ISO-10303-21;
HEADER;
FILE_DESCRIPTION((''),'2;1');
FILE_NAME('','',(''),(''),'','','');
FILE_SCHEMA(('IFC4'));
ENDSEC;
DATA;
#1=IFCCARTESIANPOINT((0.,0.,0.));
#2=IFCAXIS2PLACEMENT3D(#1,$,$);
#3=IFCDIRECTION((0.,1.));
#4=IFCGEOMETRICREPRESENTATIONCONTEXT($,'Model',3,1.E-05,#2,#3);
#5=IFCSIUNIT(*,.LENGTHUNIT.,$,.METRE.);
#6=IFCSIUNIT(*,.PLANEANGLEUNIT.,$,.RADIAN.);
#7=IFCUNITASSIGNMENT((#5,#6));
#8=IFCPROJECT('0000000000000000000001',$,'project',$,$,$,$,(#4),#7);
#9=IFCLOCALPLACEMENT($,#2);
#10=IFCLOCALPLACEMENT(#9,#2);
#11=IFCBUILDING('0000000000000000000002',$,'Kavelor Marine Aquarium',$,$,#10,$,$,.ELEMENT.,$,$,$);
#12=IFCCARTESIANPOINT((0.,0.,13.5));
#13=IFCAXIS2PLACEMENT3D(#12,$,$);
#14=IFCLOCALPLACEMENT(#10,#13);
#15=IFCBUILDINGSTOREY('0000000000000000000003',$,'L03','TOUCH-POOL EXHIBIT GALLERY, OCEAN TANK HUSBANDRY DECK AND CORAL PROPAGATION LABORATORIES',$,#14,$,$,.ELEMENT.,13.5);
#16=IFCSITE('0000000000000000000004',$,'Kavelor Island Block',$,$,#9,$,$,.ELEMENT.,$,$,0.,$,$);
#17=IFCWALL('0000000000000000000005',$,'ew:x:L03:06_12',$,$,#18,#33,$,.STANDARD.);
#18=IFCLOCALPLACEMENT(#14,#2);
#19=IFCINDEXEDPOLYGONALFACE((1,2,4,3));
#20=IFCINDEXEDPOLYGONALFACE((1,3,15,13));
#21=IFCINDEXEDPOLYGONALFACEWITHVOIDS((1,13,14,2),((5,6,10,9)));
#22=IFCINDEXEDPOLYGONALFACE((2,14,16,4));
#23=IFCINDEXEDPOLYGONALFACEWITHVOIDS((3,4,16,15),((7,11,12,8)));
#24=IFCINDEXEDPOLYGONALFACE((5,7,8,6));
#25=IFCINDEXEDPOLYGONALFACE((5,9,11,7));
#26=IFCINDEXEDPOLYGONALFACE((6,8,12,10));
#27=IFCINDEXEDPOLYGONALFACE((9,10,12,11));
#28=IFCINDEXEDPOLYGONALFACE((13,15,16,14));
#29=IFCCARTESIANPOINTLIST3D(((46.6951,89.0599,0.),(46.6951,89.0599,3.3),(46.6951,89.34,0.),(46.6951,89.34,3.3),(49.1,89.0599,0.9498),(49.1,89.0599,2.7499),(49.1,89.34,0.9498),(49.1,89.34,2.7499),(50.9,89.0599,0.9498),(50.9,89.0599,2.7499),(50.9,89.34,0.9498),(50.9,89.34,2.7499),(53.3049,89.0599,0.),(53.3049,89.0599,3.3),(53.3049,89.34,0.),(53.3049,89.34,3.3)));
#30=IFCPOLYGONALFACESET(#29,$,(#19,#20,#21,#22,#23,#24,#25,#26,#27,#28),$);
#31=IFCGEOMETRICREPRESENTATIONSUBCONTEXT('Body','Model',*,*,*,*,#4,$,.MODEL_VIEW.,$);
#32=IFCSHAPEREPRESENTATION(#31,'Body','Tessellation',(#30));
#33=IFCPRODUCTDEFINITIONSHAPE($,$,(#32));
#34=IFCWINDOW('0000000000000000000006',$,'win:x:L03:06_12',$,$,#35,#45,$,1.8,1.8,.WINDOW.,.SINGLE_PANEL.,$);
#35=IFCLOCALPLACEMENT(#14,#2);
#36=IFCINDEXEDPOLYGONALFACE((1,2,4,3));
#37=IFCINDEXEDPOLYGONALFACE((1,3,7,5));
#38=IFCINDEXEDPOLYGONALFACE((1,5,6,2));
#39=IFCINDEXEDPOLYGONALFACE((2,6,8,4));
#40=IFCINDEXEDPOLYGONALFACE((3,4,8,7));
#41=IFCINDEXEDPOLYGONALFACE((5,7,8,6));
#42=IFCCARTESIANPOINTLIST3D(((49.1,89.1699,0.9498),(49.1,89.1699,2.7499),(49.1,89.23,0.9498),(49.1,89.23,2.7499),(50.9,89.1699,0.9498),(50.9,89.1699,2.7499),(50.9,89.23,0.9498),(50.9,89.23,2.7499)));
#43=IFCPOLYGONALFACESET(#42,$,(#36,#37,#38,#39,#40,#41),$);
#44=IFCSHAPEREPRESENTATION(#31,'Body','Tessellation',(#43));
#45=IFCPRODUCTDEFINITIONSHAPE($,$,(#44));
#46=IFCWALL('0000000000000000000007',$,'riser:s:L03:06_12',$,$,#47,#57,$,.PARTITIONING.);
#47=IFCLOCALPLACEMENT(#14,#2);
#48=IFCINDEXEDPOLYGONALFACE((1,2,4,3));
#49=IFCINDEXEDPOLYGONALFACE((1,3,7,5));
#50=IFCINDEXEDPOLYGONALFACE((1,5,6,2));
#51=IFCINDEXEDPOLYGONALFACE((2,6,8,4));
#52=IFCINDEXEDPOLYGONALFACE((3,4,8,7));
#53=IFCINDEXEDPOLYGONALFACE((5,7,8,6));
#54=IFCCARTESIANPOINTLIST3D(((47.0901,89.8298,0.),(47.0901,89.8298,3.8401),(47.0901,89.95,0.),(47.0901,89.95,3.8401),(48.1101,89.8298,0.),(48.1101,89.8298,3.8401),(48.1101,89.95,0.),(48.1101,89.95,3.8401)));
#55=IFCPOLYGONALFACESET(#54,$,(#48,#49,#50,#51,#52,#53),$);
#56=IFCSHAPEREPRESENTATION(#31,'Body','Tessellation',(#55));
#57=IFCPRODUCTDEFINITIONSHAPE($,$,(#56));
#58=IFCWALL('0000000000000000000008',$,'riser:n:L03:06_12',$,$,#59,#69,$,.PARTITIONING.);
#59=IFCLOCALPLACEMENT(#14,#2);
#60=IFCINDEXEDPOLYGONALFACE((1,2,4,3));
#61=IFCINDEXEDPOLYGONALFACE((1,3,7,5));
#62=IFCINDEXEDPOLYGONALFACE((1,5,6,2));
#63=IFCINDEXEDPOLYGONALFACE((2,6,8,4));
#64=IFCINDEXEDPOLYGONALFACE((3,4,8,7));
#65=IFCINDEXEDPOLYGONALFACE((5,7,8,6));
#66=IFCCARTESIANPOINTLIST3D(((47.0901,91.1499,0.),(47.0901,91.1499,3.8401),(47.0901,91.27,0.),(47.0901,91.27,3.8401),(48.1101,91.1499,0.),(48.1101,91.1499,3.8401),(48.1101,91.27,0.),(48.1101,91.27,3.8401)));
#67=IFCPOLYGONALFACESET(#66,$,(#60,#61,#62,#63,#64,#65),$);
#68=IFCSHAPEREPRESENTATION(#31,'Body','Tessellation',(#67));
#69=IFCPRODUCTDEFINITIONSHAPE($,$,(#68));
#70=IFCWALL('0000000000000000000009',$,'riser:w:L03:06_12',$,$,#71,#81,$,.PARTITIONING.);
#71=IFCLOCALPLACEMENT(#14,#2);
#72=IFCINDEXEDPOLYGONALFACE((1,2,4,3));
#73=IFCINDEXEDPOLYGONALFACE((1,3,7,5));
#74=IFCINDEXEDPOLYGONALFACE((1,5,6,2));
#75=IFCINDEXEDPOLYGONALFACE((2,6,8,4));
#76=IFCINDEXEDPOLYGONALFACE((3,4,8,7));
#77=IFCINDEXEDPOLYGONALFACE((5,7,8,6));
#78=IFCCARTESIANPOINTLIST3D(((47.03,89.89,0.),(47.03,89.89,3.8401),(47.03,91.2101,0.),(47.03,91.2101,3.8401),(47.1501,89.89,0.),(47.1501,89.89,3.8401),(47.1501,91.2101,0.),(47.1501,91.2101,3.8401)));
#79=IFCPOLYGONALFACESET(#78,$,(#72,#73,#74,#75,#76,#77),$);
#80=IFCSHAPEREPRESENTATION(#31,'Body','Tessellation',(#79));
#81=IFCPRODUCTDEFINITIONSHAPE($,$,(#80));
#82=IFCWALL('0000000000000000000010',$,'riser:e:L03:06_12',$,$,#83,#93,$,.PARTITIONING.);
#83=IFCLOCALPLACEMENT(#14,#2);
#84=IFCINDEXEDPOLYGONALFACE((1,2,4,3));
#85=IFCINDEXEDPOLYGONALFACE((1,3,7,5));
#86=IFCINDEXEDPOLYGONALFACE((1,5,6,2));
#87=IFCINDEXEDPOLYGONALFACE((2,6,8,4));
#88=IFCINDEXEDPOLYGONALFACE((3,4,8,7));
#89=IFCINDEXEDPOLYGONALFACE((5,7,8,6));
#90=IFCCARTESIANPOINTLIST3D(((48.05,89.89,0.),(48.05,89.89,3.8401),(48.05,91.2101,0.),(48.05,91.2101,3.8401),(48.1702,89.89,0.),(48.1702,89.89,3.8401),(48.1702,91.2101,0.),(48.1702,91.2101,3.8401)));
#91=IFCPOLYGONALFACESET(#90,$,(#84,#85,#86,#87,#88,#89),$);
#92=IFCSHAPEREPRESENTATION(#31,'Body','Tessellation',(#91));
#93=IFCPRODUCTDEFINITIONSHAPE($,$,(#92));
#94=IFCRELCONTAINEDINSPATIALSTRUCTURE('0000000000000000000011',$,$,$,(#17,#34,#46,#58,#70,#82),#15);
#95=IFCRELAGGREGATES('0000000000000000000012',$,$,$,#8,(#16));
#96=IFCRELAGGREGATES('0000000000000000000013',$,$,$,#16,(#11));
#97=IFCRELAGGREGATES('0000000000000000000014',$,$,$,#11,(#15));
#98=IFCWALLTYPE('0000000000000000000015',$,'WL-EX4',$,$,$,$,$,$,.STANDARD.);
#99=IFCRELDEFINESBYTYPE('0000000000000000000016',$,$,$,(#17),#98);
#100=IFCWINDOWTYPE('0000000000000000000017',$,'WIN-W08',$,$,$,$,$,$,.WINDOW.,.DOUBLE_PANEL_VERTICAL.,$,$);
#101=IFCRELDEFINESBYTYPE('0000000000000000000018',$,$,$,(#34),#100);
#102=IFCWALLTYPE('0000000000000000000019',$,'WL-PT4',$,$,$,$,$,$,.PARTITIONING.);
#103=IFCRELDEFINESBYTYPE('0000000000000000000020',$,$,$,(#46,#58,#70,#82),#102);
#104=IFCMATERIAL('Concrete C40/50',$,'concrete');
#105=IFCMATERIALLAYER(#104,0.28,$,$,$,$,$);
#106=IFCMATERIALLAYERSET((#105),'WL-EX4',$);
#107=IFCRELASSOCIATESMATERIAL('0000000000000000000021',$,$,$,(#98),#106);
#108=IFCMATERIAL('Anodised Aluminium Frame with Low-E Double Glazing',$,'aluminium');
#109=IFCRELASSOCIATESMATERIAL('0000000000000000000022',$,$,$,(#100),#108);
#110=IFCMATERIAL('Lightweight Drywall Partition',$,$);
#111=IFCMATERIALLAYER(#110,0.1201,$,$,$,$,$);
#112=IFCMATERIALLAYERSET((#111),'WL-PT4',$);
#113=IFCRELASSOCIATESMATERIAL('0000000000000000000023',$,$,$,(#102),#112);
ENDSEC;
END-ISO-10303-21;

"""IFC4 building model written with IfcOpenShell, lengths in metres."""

from ifc_helpers import new_model, si_unit, direction, frame, frame_2d, origin, place, context, subcontext, project, spatial, rectangle, extrude, material, layer, layer_set, type_object, element, fill, save


model = new_model("IFC4")

# Units and contexts
model_context = context("Model", 3, precision=1e-05, world=origin(), true_north=direction((0.0, 1.0)))
body_context = subcontext(model_context, "Body", "Model", "MODEL_VIEW")
ifc_project = project(units=[si_unit("LENGTHUNIT", "METRE"), si_unit("PLANEANGLEUNIT", "RADIAN")], contexts=[model_context])

# Site, building, storey
site_placement = place(None, origin())
site = spatial("IfcSite", under=ifc_project, at=site_placement, Name="Kavelor Island Block", CompositionType="ELEMENT", RefElevation=0.0)
building_placement = place(site_placement, origin())
building = spatial("IfcBuilding", under=site, at=building_placement, Name="Kavelor Marine Aquarium", CompositionType="ELEMENT")
storey_placement = place(building_placement, frame((0.0, 0.0, 13.5)))
storey = spatial("IfcBuildingStorey", under=building, at=storey_placement, Name="L03", Description="TOUCH-POOL EXHIBIT GALLERY, OCEAN TANK HUSBANDRY DECK AND CORAL PROPAGATION LABORATORIES", CompositionType="ELEMENT", Elevation=13.5)

# Wall, opening, window
ifc_material_1 = material(Name="Concrete C40/50", Category="concrete")
ifc_layer_1 = layer(ifc_material_1, 0.28)
ifc_layer_set_1 = layer_set([ifc_layer_1], Name="WL-EX4")
wall_type_1 = type_object("IfcWallType", Name="WL-EX4", PredefinedType="STANDARD", material=ifc_layer_set_1)
wall_placement = place(storey_placement, frame((53.3049, 89.2, 0.0), z_axis=(0.0, 0.0, 1.0), x_axis=(-1.0, 0.0, 0.0)))
wall = element("IfcWall", 1, at=wall_placement, inside=storey, type_object=wall_type_1, Name="ew:x:L03:06_12", PredefinedType="STANDARD", context=body_context, shape_type="SweptSolid", body=[
    extrude(rectangle(XDim=6.6099, YDim=0.28, at=frame_2d((3.3049, 0.0))), origin(), (0.0, 0.0, 1.0), 3.3),
])
opening_placement = place(wall_placement, frame((2.405, 0.0, 0.95)))
opening = element("IfcOpeningElement", 2, at=opening_placement, cuts=wall, PredefinedType="OPENING", context=body_context, shape_type="SweptSolid", body=[
    extrude(rectangle(XDim=1.8, YDim=1.8, at=frame_2d((0.8999, 0.8999))), frame((0.0, 0.1499, 0.0), z_axis=(0.0, -1.0, 0.0), x_axis=(1.0, 0.0, 0.0)), (0.0, 0.0, 1.0), 0.3),
])
ifc_material_2 = material(Name="Anodised Aluminium Frame with Low-E Double Glazing", Category="aluminium")
window_type = type_object("IfcWindowType", Name="WIN-W08", PartitioningType="DOUBLE_PANEL_VERTICAL", PredefinedType="WINDOW", material=ifc_material_2)
window_placement = place(opening_placement, origin())
window = element("IfcWindow", 3, at=window_placement, inside=storey, type_object=window_type, Name="win:x:L03:06_12", OverallHeight=1.8, OverallWidth=1.8, PartitioningType="SINGLE_PANEL", PredefinedType="WINDOW", context=body_context, shape_type="SweptSolid", body=[
    extrude(rectangle(XDim=1.8, YDim=1.8, at=frame_2d((0.8999, 0.8999))), frame((0.0, 0.03, 0.0), z_axis=(0.0, -1.0, 0.0), x_axis=(1.0, 0.0, 0.0)), (0.0, 0.0, 1.0), 0.0601),
])
fill(opening, window)

# Walls
ifc_material_3 = material(Name="Lightweight Drywall Partition")
ifc_layer_2 = layer(ifc_material_3, 0.1201)
ifc_layer_set_2 = layer_set([ifc_layer_2], Name="WL-PT4")
wall_type_2 = type_object("IfcWallType", Name="WL-PT4", PredefinedType="PARTITIONING", material=ifc_layer_set_2)
for number, where, z_axis, x_axis, name in (
    (4, (47.0901, 89.8899, 0.0), (0.0, 0.0, 1.0), (1.0, 0.0, 0.0), "riser:s:L03:06_12"),
    (5, (47.0901, 91.21, 0.0), (0.0, 0.0, 1.0), (1.0, 0.0, 0.0), "riser:n:L03:06_12"),
):
    element("IfcWall", number, at=place(storey_placement, frame(where, z_axis=z_axis, x_axis=x_axis)), inside=storey, type_object=wall_type_2, Name=name, PredefinedType="PARTITIONING", context=body_context, shape_type="SweptSolid", body=[
        extrude(rectangle(XDim=1.02, YDim=0.1201, at=frame_2d((0.51, 0.0))), origin(), (0.0, 0.0, 1.0), 3.8401),
    ])
for number, where, z_axis, x_axis, name in (
    (6, (47.0901, 89.8899, 0.0), (0.0, 0.0, 1.0), (0.0, 1.0, 0.0), "riser:w:L03:06_12"),
    (7, (48.1101, 89.8899, 0.0), (0.0, 0.0, 1.0), (0.0, 1.0, 0.0), "riser:e:L03:06_12"),
):
    element("IfcWall", number, at=place(storey_placement, frame(where, z_axis=z_axis, x_axis=x_axis)), inside=storey, type_object=wall_type_2, Name=name, PredefinedType="PARTITIONING", context=body_context, shape_type="SweptSolid", body=[
        extrude(rectangle(XDim=1.3201, YDim=0.1201, at=frame_2d((0.6602, 0.0))), origin(), (0.0, 0.0, 1.0), 3.8401),
    ])

save(model, "model.ifc")
